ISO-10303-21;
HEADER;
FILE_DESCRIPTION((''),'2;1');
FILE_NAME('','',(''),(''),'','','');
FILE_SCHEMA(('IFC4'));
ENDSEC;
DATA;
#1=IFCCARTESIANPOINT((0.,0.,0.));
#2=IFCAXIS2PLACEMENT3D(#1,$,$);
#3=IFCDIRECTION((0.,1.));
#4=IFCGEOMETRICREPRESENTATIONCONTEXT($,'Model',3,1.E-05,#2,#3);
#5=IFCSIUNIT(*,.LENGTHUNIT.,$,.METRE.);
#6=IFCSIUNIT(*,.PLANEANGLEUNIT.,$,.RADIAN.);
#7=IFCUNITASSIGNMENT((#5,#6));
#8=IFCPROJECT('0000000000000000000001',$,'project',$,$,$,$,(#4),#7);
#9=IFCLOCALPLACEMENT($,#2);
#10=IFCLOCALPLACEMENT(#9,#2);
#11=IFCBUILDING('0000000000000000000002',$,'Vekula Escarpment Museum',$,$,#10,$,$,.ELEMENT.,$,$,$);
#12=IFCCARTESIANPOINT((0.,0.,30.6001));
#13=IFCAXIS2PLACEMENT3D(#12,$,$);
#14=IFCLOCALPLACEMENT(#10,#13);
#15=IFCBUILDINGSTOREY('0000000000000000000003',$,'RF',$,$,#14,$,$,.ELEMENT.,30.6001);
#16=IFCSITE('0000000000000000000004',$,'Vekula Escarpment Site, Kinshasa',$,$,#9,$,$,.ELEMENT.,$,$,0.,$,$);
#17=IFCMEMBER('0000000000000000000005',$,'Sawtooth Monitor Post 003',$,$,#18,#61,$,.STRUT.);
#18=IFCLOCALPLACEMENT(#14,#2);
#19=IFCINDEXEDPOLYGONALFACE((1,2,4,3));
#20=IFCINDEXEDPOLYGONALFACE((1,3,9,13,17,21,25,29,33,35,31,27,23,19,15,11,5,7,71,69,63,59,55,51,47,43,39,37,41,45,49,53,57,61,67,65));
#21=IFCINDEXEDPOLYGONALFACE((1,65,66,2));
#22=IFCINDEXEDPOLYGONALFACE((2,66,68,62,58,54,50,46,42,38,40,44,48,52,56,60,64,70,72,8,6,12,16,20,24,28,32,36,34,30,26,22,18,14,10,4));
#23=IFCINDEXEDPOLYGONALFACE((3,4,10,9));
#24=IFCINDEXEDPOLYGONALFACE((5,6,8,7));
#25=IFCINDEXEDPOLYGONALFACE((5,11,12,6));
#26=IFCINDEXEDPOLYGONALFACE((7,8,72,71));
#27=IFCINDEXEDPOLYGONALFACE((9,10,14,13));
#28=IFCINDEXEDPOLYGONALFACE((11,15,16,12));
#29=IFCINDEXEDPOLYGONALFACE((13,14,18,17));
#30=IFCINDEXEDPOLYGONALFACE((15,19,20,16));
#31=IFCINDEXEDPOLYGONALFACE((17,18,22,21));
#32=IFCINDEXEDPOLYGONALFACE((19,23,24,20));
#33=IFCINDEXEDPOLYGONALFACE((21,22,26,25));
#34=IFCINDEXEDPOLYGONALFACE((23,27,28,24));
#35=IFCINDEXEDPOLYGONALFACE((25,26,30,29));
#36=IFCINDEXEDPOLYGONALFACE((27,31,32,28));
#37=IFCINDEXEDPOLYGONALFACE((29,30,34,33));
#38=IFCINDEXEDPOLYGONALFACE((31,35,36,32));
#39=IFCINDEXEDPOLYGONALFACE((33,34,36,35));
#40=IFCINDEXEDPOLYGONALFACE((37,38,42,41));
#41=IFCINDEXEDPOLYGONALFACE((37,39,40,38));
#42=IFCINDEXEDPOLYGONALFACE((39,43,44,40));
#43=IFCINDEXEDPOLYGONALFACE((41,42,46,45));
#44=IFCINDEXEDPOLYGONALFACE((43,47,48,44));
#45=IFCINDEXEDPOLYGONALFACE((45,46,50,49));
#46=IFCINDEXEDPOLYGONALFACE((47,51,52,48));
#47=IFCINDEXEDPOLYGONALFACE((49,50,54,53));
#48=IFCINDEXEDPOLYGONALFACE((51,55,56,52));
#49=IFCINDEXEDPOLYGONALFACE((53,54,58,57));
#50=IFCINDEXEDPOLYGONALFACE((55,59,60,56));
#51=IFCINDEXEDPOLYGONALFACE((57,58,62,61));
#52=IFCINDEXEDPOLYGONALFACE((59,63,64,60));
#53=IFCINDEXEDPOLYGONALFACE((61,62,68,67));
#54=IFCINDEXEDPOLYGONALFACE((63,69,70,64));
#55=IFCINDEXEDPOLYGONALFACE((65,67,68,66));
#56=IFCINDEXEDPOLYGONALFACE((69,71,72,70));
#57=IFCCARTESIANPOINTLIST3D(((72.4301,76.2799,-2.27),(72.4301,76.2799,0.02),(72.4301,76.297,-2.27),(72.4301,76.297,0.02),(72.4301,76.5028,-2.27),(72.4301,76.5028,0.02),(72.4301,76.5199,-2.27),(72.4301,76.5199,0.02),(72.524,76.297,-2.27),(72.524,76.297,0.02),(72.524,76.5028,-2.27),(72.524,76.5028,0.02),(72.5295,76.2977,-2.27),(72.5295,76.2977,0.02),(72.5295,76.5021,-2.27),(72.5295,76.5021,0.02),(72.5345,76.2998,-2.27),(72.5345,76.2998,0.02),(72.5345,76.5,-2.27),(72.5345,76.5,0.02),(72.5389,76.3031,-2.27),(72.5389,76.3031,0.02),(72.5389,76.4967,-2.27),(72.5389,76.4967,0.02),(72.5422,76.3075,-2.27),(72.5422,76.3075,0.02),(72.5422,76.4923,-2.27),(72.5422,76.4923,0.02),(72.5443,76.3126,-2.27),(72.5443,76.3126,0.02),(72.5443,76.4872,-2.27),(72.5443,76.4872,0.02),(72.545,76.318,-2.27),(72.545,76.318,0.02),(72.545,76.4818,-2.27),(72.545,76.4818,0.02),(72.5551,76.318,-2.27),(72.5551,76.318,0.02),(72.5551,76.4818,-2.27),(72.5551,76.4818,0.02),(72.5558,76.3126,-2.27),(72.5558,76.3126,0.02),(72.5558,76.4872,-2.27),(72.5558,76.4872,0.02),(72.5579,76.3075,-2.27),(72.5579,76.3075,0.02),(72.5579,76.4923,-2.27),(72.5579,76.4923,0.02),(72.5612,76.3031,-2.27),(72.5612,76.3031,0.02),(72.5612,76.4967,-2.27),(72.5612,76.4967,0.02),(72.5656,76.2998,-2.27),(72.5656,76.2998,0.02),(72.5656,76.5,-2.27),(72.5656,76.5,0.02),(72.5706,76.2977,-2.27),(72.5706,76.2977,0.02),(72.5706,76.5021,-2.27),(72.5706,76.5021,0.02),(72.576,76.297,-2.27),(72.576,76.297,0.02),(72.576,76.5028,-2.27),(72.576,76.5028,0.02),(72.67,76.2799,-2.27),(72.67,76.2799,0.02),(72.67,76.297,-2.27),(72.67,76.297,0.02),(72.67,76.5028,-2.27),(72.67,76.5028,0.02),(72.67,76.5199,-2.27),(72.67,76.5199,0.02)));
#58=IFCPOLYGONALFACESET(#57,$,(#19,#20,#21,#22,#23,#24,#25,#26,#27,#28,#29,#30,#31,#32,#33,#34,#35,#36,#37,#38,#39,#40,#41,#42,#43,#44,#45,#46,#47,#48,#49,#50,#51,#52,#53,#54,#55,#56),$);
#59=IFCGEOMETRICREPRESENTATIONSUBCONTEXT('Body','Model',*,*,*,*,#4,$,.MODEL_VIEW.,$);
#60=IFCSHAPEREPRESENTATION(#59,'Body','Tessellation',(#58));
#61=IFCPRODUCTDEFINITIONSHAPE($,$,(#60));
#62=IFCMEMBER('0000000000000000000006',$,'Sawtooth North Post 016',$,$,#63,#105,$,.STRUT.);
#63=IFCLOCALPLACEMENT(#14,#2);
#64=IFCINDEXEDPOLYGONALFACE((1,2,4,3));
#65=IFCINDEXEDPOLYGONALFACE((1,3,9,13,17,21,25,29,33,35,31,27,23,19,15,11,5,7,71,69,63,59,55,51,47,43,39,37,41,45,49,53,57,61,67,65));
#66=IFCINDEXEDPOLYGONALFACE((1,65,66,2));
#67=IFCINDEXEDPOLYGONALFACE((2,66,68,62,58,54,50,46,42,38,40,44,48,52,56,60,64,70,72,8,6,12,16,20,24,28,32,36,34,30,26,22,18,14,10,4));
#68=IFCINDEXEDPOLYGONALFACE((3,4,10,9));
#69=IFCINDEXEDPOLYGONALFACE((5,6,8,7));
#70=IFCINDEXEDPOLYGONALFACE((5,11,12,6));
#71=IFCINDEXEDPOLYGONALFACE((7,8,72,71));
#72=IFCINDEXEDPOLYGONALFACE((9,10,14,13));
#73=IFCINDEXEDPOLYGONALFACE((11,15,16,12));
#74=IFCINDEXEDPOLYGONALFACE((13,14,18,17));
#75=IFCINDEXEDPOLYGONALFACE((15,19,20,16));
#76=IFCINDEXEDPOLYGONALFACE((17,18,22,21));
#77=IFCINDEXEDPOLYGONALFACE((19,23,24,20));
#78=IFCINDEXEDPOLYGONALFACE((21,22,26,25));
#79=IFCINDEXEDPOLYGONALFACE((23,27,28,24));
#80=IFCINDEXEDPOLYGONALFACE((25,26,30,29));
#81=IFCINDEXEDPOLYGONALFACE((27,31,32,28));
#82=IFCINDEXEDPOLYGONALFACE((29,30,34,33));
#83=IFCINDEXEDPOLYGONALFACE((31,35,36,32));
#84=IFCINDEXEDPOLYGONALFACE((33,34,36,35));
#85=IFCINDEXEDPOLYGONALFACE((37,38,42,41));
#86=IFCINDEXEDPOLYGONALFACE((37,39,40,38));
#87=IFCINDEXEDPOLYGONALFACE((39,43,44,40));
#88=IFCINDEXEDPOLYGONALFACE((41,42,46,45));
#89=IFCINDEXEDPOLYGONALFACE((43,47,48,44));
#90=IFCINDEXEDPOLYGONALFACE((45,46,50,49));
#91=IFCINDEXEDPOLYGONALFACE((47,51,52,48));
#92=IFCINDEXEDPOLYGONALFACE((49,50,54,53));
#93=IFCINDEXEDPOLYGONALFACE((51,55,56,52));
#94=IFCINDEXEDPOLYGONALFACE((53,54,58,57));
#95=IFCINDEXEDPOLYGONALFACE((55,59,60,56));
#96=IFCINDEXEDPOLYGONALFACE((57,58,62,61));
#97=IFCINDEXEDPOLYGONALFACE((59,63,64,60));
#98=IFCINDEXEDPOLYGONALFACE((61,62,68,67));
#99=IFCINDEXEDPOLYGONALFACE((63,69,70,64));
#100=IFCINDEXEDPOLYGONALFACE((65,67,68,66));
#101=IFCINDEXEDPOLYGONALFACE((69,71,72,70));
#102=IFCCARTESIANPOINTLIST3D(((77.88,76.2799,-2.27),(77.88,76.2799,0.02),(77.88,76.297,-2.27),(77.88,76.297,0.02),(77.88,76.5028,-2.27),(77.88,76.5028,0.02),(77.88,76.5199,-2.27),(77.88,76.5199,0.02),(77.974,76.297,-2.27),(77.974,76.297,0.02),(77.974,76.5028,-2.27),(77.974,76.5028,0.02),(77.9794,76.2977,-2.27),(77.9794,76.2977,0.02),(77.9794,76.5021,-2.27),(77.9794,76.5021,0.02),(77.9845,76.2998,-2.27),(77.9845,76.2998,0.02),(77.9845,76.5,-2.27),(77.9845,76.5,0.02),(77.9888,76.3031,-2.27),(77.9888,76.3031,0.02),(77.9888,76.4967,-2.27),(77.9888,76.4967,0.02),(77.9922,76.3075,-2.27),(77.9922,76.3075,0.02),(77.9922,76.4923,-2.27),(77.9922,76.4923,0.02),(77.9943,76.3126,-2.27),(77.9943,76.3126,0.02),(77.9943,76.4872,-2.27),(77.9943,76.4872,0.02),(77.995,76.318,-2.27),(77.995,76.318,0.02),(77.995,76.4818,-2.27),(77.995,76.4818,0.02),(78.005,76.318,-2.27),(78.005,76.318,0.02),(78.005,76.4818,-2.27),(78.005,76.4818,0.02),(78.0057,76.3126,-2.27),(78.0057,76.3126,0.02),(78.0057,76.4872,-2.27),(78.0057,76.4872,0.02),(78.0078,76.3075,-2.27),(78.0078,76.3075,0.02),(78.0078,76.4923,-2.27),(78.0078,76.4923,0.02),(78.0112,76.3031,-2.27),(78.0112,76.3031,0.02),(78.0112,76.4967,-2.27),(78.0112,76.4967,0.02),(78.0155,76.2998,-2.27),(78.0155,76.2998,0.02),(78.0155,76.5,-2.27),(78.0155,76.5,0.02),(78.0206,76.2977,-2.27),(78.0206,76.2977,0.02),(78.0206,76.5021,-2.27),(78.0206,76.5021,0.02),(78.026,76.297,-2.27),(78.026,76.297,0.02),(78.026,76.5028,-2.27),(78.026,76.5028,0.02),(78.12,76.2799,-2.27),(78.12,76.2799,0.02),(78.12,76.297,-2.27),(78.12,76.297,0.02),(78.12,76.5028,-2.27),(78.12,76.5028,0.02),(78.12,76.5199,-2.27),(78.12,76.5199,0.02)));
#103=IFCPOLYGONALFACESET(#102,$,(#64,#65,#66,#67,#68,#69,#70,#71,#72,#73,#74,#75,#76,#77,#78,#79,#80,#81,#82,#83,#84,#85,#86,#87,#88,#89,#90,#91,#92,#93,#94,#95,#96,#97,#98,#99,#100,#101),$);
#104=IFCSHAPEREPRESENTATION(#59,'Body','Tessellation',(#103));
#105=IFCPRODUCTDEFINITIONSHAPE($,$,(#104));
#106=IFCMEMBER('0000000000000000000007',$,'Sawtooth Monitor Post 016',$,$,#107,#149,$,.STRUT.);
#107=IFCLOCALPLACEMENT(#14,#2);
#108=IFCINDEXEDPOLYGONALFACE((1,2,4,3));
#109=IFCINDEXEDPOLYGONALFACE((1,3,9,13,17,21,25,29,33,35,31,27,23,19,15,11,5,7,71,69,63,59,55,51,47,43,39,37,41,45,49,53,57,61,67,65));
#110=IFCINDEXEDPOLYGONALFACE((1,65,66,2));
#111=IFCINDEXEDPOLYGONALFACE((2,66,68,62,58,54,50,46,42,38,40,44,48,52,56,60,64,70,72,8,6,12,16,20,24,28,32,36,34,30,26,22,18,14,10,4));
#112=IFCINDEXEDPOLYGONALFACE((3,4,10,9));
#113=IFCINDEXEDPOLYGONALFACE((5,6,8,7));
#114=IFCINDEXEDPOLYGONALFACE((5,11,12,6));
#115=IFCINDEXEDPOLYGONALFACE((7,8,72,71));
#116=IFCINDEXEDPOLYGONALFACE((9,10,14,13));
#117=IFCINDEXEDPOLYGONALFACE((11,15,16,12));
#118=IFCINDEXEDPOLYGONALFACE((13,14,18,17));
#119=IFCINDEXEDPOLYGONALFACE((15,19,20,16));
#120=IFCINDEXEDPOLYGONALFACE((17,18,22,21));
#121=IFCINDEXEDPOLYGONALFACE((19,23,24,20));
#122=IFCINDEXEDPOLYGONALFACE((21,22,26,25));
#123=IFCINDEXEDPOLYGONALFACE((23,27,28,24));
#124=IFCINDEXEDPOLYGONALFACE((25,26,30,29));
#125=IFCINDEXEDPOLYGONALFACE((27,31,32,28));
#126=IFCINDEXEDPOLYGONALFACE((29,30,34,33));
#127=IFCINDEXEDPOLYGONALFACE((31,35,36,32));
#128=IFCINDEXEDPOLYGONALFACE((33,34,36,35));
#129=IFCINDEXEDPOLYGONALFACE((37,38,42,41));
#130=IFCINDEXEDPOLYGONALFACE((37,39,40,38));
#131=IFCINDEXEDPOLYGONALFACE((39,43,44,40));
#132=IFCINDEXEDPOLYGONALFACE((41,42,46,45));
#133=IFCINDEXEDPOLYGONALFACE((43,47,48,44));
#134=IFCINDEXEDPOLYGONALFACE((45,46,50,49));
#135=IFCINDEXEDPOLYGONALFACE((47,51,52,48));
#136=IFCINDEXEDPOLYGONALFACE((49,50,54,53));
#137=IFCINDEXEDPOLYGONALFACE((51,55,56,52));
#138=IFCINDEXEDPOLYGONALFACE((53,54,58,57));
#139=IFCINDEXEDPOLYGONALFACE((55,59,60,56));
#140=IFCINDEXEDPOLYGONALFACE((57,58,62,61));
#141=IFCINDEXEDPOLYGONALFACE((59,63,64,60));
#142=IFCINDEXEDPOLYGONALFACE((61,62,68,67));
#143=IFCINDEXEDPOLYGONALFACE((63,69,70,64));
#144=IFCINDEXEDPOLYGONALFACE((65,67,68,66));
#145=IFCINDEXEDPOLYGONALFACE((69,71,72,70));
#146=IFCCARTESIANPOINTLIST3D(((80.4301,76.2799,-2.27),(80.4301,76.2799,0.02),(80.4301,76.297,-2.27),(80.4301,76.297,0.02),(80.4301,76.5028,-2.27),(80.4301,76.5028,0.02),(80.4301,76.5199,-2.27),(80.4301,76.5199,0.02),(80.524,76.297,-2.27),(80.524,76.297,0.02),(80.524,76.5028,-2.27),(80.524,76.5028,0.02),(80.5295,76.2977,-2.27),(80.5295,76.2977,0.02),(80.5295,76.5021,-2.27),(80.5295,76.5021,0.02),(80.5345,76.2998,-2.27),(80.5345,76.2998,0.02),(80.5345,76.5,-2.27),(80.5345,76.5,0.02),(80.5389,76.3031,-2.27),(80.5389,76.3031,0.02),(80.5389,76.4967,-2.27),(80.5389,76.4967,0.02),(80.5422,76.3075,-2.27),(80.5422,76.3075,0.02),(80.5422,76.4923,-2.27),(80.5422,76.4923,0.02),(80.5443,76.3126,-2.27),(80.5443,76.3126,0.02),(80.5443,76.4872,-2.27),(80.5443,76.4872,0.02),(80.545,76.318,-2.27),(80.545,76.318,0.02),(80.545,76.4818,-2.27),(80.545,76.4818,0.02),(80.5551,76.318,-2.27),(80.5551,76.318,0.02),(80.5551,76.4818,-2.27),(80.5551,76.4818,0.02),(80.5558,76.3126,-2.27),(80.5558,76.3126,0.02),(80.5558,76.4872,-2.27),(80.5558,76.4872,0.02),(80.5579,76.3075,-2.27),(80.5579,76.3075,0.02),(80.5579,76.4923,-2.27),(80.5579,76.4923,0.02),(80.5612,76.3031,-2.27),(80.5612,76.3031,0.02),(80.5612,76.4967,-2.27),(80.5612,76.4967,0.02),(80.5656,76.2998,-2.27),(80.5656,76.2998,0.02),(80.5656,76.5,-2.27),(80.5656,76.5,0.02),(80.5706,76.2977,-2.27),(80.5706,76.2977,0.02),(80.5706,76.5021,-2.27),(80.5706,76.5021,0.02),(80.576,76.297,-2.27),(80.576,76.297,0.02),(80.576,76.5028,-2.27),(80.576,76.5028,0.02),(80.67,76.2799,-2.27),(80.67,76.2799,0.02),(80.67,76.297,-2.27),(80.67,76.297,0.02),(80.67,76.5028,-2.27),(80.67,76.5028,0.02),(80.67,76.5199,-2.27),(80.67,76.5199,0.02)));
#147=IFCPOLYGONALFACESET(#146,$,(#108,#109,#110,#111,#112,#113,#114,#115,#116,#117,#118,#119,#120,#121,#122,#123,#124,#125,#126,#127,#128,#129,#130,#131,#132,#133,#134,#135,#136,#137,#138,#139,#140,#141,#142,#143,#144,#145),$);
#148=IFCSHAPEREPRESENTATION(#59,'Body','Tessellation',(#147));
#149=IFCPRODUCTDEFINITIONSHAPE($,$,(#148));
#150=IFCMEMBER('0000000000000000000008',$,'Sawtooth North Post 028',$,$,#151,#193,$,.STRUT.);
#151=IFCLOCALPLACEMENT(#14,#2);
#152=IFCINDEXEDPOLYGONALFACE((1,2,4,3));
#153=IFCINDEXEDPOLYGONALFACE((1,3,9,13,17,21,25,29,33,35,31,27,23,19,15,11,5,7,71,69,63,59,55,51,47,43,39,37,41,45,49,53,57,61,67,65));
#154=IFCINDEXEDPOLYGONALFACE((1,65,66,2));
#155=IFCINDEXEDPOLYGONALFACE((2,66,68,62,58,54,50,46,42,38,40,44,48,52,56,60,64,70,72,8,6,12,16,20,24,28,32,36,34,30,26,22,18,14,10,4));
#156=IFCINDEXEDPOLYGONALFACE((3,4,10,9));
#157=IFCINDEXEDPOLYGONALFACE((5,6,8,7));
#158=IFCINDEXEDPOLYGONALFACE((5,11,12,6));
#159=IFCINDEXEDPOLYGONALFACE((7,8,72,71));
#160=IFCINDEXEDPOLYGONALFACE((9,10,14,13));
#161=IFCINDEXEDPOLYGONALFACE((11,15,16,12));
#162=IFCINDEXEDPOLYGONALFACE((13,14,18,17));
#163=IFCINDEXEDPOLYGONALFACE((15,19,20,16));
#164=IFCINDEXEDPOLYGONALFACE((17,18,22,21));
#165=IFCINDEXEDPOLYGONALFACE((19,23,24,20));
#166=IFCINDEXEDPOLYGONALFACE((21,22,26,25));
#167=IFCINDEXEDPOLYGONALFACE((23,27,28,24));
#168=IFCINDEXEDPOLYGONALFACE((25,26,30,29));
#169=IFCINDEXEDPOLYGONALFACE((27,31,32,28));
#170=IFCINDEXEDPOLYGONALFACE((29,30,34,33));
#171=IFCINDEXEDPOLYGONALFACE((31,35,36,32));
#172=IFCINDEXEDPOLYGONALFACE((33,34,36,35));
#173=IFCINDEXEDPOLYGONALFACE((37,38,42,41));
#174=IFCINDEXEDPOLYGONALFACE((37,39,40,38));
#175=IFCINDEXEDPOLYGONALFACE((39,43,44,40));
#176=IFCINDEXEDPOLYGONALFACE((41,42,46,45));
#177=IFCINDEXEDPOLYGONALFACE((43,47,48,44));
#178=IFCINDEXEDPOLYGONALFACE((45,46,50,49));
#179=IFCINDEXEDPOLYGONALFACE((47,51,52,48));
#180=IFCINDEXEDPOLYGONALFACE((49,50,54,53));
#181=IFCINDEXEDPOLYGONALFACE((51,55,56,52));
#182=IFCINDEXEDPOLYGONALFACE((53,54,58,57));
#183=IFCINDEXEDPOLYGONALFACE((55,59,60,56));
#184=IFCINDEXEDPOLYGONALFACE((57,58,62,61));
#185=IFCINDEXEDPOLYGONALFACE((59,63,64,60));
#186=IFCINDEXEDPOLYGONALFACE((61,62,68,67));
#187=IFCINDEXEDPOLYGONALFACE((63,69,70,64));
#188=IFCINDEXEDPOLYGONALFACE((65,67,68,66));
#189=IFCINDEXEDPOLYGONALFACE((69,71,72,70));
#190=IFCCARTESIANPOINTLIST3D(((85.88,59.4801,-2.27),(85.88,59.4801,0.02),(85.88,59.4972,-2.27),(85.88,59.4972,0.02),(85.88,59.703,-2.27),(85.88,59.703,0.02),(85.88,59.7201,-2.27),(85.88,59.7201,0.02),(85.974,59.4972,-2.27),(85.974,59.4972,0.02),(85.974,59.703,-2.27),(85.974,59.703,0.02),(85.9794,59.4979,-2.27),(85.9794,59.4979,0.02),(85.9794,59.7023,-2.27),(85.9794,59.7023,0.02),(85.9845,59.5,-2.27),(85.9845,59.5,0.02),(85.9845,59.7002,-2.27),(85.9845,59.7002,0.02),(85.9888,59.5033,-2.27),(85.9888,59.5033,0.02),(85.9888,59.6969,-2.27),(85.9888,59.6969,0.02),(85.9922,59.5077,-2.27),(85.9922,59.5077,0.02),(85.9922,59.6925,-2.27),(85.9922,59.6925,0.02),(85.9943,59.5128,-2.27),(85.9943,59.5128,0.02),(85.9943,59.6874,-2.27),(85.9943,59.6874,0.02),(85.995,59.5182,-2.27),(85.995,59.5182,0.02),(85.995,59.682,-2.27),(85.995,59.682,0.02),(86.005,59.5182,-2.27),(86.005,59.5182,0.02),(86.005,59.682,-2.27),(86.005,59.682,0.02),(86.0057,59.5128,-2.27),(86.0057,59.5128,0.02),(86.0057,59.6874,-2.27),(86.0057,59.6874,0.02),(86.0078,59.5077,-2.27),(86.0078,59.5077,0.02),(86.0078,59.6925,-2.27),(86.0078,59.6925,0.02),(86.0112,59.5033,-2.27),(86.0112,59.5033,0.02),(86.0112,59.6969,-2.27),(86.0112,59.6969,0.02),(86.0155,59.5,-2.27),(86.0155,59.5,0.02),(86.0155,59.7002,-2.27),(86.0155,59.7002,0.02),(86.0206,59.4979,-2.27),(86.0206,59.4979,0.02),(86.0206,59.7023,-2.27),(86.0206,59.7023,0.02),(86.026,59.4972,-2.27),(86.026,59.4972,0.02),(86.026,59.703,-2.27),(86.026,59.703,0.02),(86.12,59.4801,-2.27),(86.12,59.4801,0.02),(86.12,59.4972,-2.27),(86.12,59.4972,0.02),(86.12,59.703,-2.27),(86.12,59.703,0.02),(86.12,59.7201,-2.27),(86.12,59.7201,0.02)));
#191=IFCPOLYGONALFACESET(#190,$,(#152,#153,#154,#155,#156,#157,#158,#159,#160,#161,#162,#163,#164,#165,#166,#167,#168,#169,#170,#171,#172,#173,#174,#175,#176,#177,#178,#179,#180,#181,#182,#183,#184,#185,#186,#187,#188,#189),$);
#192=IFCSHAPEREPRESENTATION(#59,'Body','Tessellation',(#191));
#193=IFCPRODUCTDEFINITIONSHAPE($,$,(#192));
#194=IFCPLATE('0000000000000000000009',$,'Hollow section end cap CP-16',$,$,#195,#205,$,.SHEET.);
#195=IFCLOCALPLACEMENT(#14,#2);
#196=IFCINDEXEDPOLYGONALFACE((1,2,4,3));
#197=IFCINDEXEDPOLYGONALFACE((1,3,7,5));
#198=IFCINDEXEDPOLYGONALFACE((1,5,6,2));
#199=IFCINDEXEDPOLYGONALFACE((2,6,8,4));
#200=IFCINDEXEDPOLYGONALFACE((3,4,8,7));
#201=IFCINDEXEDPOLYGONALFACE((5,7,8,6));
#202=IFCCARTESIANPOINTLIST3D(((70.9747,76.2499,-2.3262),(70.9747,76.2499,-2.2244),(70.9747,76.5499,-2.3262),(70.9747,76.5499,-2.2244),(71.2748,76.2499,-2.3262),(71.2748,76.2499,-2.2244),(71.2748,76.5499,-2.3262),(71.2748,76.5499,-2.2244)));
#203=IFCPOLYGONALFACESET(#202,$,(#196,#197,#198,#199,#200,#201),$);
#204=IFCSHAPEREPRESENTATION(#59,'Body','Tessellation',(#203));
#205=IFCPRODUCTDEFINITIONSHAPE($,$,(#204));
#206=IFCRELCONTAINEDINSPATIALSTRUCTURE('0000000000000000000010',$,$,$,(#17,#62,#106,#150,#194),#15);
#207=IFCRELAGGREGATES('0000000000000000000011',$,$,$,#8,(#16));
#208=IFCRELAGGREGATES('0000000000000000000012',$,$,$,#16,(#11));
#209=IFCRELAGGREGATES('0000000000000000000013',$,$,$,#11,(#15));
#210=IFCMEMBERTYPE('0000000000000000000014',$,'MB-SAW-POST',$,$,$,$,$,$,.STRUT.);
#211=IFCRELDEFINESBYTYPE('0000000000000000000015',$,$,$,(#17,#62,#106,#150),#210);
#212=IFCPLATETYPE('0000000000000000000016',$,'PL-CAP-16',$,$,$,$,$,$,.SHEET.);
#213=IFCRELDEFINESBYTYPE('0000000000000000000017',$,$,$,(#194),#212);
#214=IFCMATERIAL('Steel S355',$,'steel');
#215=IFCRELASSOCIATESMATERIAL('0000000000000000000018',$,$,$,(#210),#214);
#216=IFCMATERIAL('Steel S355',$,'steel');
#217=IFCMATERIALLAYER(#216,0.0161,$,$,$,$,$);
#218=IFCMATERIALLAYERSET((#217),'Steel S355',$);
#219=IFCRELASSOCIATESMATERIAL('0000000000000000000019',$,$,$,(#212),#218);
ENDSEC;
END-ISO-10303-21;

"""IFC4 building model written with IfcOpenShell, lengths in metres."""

from ifc_helpers import new_model, si_unit, direction, frame, origin, origin_2d, place, context, subcontext, project, spatial, rectangle, i_section, extrude, material, layer, layer_set, material_profile, profile_set, type_object, element, save


model = new_model("IFC4")

# Units and contexts
model_context = context("Model", 3, precision=1e-05, world=origin(), true_north=direction((0.0, 1.0)))
body_context = subcontext(model_context, "Body", "Model", "MODEL_VIEW")
ifc_project = project(units=[si_unit("LENGTHUNIT", "METRE"), si_unit("PLANEANGLEUNIT", "RADIAN")], contexts=[model_context])

# Site, building, storey
site_placement = place(None, origin())
site = spatial("IfcSite", under=ifc_project, at=site_placement, Name="Vekula Escarpment Site, Kinshasa", CompositionType="ELEMENT", RefElevation=0.0)
building_placement = place(site_placement, origin())
building = spatial("IfcBuilding", under=site, at=building_placement, Name="Vekula Escarpment Museum", CompositionType="ELEMENT")
storey_placement = place(building_placement, frame((0.0, 0.0, 30.6001)))
storey = spatial("IfcBuildingStorey", under=building, at=storey_placement, Name="RF", CompositionType="ELEMENT", Elevation=30.6001)

# Members
ifc_material_1 = material(Name="Steel S355", Category="steel")
ifc_material_profile_1 = material_profile(ifc_material_1, i_section(OverallWidth=0.24, OverallDepth=0.24, WebThickness=0.01, FlangeThickness=0.0171, FilletRadius=0.021, at=origin_2d()), Name="HEB 240")
ifc_profile_set_1 = profile_set([ifc_material_profile_1], Name="Steel S355")
member_type_1 = type_object("IfcMemberType", Name="MB-SAW-POST", PredefinedType="STRUT", material=ifc_profile_set_1)
for number, where, z_axis, x_axis, name in (
    (1, (72.55, 76.3999, -2.27), (0.0, 0.0, 1.0), (1.0, 0.0, 0.0), "Sawtooth Monitor Post 003"),
    (2, (78.0, 76.3999, -2.27), (0.0, 0.0, 1.0), (1.0, 0.0, 0.0), "Sawtooth North Post 016"),
    (3, (80.55, 76.3999, -2.27), (0.0, 0.0, 1.0), (1.0, 0.0, 0.0), "Sawtooth Monitor Post 016"),
    (4, (86.0, 59.6001, -2.27), (0.0, 0.0, 1.0), (1.0, 0.0, 0.0), "Sawtooth North Post 028"),
):
    element("IfcMember", number, at=place(storey_placement, frame(where, z_axis=z_axis, x_axis=x_axis)), inside=storey, type_object=member_type_1, Name=name, PredefinedType="STRUT", context=body_context, shape_type="SweptSolid", body=[
        extrude(i_section(OverallWidth=0.24, OverallDepth=0.24, WebThickness=0.01, FlangeThickness=0.0171, FilletRadius=0.021, at=origin_2d()), origin(), (0.0, 0.0, 1.0), 2.29),
    ])

# Plate
ifc_material_2 = material(Name="Steel S355", Category="steel")
ifc_layer = layer(ifc_material_2, 0.0161)
ifc_layer_set = layer_set([ifc_layer], Name="Steel S355")
plate_type = type_object("IfcPlateType", Name="PL-CAP-16", PredefinedType="SHEET", material=ifc_layer_set)
for number, where, z_axis, x_axis, name in (
    (5, (71.1248, 76.3999, -2.3262), (0.0, 0.0, 1.0), (1.0, 0.0, 0.0), "Hollow section end cap CP-16"),
):
    element("IfcPlate", number, at=place(storey_placement, frame(where, z_axis=z_axis, x_axis=x_axis)), inside=storey, type_object=plate_type, Name=name, PredefinedType="SHEET", context=body_context, shape_type="SweptSolid", body=[
        extrude(rectangle(XDim=0.3, YDim=0.3, at=origin_2d()), origin(), (0.0, 0.0, 1.0), 0.1018),
    ])

save(model, "model.ifc")
